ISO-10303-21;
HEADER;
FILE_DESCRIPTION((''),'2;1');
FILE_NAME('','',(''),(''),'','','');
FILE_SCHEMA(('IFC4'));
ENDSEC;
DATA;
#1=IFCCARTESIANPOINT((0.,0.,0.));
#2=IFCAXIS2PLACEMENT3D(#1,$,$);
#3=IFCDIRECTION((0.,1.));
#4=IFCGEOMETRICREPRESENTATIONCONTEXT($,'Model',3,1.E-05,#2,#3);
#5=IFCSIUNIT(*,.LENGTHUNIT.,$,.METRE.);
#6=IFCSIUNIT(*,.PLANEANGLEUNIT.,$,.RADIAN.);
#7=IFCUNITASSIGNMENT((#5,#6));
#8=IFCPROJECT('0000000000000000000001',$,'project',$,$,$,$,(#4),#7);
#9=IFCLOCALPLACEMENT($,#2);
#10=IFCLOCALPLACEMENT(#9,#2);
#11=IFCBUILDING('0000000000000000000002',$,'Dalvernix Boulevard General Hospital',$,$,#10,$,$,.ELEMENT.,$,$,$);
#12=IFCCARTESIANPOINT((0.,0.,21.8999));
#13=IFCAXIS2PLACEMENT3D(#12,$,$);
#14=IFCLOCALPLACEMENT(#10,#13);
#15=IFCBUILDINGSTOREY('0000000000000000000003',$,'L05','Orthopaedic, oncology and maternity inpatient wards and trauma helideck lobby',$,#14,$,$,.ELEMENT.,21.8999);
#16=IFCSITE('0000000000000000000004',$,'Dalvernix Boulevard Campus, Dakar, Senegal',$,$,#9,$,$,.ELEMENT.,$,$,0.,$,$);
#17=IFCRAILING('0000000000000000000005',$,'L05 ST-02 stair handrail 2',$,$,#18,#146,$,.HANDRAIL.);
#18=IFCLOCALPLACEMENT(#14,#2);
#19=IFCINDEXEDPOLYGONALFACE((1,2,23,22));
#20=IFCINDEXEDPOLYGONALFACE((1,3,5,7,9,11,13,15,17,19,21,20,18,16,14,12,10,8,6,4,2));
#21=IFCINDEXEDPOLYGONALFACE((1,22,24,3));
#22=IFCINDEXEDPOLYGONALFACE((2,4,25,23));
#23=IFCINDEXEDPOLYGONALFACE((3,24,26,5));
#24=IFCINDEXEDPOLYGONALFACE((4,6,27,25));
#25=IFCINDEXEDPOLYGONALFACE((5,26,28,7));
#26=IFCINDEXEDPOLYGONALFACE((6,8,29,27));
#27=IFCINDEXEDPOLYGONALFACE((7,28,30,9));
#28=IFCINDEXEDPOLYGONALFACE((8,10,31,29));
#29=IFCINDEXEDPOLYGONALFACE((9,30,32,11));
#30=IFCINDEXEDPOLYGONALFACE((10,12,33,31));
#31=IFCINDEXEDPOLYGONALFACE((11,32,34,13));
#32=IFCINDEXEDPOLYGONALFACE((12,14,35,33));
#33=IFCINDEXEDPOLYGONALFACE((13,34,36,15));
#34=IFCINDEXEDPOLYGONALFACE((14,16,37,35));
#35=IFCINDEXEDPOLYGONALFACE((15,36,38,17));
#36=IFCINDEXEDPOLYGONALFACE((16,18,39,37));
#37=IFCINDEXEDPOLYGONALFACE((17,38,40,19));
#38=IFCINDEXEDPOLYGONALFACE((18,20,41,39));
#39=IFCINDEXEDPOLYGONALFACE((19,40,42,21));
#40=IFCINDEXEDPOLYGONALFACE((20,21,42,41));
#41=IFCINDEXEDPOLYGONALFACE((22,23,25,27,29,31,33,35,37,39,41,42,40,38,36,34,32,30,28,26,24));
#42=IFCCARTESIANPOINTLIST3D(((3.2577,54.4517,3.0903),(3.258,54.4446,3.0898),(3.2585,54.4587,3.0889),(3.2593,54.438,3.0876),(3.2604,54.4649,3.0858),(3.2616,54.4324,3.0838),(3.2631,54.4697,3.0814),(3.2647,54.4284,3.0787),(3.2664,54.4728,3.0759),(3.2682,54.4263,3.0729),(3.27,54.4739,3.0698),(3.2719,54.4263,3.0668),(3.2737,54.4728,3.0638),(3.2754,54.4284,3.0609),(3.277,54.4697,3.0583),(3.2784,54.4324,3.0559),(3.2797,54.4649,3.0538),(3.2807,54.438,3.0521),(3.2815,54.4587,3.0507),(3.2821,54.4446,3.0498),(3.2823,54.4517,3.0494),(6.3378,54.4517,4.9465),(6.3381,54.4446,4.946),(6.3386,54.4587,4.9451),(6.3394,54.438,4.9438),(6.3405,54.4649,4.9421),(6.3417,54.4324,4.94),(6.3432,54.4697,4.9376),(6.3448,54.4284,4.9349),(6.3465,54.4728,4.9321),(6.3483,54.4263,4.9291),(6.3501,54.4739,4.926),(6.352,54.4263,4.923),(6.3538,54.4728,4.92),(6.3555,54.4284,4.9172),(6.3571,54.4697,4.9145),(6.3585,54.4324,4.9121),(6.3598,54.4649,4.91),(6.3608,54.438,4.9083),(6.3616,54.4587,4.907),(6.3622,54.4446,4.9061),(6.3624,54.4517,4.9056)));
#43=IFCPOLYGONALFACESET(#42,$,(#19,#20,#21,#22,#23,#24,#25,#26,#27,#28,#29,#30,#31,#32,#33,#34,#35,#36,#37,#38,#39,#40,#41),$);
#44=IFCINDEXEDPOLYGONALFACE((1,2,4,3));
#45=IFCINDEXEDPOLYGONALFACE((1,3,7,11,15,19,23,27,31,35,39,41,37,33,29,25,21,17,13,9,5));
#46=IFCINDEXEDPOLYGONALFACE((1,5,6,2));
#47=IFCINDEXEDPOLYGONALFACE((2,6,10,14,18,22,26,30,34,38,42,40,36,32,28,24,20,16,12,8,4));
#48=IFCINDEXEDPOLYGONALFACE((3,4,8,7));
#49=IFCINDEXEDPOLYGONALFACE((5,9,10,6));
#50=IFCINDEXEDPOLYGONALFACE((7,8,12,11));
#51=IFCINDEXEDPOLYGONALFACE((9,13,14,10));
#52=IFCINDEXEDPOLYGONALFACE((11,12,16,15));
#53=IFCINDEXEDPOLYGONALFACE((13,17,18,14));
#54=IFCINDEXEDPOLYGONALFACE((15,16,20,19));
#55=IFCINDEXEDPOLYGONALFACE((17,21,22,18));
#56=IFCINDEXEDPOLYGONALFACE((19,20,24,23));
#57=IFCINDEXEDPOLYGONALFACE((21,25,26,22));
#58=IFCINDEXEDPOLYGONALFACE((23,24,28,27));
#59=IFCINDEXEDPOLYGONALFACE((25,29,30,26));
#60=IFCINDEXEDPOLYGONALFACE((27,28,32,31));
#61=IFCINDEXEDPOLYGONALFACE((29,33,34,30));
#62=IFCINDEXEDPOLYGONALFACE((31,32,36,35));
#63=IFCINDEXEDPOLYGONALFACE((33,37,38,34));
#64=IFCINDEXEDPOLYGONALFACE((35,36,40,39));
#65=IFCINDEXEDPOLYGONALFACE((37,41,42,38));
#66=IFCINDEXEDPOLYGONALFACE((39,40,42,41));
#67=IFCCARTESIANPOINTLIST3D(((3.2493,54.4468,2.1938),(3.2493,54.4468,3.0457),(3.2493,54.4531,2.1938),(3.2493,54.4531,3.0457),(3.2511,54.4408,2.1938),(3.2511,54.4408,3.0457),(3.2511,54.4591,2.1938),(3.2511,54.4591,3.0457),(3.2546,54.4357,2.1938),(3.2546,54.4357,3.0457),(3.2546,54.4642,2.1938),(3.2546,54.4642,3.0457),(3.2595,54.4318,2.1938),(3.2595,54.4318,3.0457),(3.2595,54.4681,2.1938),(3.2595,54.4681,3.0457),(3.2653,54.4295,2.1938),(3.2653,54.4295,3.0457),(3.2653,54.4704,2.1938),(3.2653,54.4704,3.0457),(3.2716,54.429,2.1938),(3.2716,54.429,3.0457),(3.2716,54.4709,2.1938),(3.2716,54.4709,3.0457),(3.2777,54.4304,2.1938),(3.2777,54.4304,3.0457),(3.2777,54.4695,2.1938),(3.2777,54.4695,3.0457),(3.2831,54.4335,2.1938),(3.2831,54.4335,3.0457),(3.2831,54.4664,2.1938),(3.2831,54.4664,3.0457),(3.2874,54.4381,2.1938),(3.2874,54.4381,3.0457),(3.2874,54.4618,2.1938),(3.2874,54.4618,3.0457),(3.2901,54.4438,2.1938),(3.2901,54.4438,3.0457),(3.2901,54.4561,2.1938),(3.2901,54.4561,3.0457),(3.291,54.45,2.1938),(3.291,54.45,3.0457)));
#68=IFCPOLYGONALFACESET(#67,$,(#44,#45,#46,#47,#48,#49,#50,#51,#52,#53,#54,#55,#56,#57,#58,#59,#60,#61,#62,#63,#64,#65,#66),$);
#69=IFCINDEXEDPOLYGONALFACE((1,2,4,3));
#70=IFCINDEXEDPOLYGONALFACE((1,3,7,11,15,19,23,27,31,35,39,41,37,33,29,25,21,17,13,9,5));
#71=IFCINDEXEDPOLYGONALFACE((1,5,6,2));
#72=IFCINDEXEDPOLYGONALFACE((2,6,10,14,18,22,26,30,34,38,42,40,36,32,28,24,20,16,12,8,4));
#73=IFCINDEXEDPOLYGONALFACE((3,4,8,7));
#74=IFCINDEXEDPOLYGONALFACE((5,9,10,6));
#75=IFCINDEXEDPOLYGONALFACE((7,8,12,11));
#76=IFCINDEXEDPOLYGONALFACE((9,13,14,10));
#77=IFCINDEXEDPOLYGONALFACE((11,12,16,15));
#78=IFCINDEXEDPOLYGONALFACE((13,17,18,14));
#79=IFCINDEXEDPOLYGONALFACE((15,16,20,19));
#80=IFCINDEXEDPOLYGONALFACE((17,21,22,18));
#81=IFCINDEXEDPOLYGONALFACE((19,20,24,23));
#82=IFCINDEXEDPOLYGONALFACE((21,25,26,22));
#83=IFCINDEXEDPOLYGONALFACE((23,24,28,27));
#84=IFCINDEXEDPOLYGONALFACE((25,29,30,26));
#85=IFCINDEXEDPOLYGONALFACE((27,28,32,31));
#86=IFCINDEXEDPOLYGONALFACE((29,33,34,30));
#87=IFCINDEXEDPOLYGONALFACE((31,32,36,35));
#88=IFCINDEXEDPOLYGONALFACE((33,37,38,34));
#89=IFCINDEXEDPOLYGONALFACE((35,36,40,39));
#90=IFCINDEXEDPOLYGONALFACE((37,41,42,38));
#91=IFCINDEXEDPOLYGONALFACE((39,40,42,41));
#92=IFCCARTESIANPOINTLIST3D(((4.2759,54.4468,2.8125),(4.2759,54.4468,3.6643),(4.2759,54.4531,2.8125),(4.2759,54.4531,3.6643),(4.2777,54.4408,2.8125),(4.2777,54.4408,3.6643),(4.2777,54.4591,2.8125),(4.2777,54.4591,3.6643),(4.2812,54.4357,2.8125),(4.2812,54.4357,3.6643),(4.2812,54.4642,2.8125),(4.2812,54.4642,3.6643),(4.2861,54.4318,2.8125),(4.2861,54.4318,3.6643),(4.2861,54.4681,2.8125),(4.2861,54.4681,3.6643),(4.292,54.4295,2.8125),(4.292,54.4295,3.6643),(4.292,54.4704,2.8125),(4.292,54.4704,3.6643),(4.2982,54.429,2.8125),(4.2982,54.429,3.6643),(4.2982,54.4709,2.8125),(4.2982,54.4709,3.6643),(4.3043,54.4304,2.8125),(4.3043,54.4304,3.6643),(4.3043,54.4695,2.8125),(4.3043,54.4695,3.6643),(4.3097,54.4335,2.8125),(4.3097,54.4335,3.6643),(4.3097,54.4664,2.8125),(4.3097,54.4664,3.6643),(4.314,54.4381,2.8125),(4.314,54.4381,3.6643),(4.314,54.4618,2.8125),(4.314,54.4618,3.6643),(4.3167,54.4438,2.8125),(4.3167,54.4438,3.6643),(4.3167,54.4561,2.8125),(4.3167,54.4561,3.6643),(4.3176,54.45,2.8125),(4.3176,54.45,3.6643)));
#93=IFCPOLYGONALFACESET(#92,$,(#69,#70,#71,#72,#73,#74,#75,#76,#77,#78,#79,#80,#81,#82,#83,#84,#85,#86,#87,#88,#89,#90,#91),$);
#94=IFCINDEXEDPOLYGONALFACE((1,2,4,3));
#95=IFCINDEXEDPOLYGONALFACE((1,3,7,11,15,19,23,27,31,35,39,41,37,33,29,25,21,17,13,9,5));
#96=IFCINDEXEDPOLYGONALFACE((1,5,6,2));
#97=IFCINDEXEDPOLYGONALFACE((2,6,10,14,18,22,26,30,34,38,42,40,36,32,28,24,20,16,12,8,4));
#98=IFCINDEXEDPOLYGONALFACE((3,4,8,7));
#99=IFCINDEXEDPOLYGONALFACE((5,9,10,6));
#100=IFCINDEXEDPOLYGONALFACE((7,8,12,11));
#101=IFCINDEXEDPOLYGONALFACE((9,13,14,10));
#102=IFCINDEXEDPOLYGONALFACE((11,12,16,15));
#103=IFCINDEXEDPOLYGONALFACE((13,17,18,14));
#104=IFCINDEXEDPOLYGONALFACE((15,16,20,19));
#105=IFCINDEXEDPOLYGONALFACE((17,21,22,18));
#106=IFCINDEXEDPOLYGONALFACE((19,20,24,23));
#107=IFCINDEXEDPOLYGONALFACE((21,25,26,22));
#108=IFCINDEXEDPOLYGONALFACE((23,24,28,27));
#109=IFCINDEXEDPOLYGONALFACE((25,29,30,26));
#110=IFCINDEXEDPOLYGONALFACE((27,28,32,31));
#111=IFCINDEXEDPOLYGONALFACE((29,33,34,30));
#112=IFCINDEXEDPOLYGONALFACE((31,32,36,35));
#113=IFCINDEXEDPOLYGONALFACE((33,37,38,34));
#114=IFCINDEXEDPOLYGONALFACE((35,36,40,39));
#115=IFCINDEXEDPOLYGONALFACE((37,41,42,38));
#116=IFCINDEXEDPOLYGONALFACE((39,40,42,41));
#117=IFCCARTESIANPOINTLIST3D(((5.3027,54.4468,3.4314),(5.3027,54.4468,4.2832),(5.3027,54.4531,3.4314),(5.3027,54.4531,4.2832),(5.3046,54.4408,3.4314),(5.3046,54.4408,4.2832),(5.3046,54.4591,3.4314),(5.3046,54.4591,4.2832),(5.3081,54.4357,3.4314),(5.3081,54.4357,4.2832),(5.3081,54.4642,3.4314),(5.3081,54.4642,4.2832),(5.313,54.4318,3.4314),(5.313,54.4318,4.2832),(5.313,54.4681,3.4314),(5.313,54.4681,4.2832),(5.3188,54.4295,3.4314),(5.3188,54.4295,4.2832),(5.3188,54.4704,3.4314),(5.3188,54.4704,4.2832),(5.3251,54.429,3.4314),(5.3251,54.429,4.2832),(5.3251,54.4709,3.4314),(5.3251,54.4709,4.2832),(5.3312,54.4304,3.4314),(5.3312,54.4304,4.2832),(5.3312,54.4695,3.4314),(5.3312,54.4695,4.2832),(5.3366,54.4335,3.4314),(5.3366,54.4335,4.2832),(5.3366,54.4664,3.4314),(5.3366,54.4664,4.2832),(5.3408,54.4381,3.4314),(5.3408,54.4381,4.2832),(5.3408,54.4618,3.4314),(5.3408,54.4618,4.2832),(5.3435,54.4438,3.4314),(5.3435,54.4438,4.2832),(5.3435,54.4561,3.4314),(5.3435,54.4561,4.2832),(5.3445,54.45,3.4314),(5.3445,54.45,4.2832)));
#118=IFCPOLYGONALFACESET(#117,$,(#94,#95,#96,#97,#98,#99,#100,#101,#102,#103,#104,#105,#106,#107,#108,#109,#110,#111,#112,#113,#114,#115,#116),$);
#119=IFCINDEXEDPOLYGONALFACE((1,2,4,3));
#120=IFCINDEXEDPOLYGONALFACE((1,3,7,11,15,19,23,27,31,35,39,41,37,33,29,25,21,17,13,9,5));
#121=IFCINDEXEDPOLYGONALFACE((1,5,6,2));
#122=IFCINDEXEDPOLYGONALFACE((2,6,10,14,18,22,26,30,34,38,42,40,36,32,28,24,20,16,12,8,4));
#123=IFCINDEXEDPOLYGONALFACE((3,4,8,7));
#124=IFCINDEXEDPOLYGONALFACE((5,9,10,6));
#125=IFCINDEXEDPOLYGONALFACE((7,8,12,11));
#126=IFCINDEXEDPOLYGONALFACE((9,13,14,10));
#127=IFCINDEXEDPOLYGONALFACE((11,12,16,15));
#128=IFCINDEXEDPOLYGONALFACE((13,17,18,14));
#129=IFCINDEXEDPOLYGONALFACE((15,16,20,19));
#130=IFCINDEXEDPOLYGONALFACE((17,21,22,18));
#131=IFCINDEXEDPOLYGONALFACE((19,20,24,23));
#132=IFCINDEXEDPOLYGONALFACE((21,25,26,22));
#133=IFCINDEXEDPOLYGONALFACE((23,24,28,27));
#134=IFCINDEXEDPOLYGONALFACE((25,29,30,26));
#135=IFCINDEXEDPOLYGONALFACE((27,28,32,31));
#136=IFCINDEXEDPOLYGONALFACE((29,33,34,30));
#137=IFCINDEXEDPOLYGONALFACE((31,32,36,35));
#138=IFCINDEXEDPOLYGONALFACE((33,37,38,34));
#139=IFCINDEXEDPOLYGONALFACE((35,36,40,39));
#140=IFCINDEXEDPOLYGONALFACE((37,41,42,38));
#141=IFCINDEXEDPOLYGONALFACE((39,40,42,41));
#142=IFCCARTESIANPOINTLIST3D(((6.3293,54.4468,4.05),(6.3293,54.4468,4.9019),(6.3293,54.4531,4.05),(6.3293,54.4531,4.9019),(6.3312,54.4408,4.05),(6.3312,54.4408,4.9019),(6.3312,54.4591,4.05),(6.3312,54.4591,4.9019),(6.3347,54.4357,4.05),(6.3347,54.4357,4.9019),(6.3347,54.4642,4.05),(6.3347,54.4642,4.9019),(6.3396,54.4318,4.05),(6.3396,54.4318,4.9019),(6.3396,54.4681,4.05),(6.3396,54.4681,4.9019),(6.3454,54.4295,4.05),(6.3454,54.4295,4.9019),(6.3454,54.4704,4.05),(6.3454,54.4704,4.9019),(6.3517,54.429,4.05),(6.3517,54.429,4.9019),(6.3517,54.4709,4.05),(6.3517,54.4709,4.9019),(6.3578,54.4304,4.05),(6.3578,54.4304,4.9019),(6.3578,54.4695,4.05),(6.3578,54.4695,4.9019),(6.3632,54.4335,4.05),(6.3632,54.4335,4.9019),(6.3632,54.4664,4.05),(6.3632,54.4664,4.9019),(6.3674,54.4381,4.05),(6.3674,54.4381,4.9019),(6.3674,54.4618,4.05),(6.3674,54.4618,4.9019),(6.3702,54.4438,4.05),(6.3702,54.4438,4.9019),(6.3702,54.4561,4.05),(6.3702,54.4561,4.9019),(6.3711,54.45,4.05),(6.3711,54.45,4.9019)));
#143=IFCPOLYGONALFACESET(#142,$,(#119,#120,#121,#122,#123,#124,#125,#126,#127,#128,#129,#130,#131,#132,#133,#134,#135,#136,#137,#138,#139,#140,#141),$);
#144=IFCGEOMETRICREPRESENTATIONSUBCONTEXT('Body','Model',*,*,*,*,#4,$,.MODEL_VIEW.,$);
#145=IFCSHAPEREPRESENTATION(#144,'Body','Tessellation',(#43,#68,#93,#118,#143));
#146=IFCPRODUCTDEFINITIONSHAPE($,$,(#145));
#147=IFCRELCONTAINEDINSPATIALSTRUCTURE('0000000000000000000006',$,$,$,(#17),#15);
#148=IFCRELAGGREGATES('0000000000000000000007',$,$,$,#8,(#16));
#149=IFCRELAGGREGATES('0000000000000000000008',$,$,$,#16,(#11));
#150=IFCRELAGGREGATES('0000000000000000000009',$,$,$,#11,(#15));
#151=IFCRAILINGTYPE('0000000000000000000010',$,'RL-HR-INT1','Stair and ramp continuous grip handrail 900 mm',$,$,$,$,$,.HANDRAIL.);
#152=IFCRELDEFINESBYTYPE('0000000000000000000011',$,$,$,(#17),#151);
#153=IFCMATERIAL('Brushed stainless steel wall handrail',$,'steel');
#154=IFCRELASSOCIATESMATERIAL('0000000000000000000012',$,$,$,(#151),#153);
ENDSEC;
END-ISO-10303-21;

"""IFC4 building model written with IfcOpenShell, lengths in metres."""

from ifc_helpers import new_model, si_unit, direction, frame, origin, origin_2d, place, context, subcontext, project, spatial, circle, extrude, material, type_object, element, save


model = new_model("IFC4")

# Units and contexts
model_context = context("Model", 3, precision=1e-05, world=origin(), true_north=direction((0.0, 1.0)))
body_context = subcontext(model_context, "Body", "Model", "MODEL_VIEW")
ifc_project = project(units=[si_unit("LENGTHUNIT", "METRE"), si_unit("PLANEANGLEUNIT", "RADIAN")], contexts=[model_context])

# Site, building, storey
site_placement = place(None, origin())
site = spatial("IfcSite", under=ifc_project, at=site_placement, Name="Dalvernix Boulevard Campus, Dakar, Senegal", CompositionType="ELEMENT", RefElevation=0.0)
building_placement = place(site_placement, origin())
building = spatial("IfcBuilding", under=site, at=building_placement, Name="Dalvernix Boulevard General Hospital", CompositionType="ELEMENT")
storey_placement = place(building_placement, frame((0.0, 0.0, 21.8999)))
storey = spatial("IfcBuildingStorey", under=building, at=storey_placement, Name="L05", Description="Orthopaedic, oncology and maternity inpatient wards and trauma helideck lobby", CompositionType="ELEMENT", Elevation=21.8999)

# Railing
ifc_material_1 = material(Name="Brushed stainless steel wall handrail", Category="steel")
railing_type_1 = type_object("IfcRailingType", Name="RL-HR-INT1", Description="Stair and ramp continuous grip handrail 900 mm", PredefinedType="HANDRAIL", material=ifc_material_1)
railing_1_placement = place(storey_placement, frame((3.27, 54.45, 2.1938)))
element("IfcRailing", 1, at=railing_1_placement, inside=storey, type_object=railing_type_1, Name="L05 ST-02 stair handrail 2", PredefinedType="HANDRAIL", context=body_context, shape_type="SweptSolid", body=[
    extrude(circle(Radius=0.0239, at=origin_2d()), frame((0.0, 0.0, 0.876), z_axis=(0.856491, 0.0, 0.516162), x_axis=(0.0, 1.0, 0.0)), (0.0, 0.0, 1.0), 3.5962),
    extrude(circle(Radius=0.021, at=origin_2d()), origin(), (0.0, 0.0, 1.0), 0.8518),
    extrude(circle(Radius=0.021, at=origin_2d()), frame((1.0266, 0.0, 0.6187)), (0.0, 0.0, 1.0), 0.8518),
    extrude(circle(Radius=0.021, at=origin_2d()), frame((2.0535, 0.0, 1.2375)), (0.0, 0.0, 1.0), 0.8518),
    extrude(circle(Radius=0.021, at=origin_2d()), frame((3.0801, 0.0, 1.8562)), (0.0, 0.0, 1.0), 0.8518),
])

save(model, "model.ifc")
